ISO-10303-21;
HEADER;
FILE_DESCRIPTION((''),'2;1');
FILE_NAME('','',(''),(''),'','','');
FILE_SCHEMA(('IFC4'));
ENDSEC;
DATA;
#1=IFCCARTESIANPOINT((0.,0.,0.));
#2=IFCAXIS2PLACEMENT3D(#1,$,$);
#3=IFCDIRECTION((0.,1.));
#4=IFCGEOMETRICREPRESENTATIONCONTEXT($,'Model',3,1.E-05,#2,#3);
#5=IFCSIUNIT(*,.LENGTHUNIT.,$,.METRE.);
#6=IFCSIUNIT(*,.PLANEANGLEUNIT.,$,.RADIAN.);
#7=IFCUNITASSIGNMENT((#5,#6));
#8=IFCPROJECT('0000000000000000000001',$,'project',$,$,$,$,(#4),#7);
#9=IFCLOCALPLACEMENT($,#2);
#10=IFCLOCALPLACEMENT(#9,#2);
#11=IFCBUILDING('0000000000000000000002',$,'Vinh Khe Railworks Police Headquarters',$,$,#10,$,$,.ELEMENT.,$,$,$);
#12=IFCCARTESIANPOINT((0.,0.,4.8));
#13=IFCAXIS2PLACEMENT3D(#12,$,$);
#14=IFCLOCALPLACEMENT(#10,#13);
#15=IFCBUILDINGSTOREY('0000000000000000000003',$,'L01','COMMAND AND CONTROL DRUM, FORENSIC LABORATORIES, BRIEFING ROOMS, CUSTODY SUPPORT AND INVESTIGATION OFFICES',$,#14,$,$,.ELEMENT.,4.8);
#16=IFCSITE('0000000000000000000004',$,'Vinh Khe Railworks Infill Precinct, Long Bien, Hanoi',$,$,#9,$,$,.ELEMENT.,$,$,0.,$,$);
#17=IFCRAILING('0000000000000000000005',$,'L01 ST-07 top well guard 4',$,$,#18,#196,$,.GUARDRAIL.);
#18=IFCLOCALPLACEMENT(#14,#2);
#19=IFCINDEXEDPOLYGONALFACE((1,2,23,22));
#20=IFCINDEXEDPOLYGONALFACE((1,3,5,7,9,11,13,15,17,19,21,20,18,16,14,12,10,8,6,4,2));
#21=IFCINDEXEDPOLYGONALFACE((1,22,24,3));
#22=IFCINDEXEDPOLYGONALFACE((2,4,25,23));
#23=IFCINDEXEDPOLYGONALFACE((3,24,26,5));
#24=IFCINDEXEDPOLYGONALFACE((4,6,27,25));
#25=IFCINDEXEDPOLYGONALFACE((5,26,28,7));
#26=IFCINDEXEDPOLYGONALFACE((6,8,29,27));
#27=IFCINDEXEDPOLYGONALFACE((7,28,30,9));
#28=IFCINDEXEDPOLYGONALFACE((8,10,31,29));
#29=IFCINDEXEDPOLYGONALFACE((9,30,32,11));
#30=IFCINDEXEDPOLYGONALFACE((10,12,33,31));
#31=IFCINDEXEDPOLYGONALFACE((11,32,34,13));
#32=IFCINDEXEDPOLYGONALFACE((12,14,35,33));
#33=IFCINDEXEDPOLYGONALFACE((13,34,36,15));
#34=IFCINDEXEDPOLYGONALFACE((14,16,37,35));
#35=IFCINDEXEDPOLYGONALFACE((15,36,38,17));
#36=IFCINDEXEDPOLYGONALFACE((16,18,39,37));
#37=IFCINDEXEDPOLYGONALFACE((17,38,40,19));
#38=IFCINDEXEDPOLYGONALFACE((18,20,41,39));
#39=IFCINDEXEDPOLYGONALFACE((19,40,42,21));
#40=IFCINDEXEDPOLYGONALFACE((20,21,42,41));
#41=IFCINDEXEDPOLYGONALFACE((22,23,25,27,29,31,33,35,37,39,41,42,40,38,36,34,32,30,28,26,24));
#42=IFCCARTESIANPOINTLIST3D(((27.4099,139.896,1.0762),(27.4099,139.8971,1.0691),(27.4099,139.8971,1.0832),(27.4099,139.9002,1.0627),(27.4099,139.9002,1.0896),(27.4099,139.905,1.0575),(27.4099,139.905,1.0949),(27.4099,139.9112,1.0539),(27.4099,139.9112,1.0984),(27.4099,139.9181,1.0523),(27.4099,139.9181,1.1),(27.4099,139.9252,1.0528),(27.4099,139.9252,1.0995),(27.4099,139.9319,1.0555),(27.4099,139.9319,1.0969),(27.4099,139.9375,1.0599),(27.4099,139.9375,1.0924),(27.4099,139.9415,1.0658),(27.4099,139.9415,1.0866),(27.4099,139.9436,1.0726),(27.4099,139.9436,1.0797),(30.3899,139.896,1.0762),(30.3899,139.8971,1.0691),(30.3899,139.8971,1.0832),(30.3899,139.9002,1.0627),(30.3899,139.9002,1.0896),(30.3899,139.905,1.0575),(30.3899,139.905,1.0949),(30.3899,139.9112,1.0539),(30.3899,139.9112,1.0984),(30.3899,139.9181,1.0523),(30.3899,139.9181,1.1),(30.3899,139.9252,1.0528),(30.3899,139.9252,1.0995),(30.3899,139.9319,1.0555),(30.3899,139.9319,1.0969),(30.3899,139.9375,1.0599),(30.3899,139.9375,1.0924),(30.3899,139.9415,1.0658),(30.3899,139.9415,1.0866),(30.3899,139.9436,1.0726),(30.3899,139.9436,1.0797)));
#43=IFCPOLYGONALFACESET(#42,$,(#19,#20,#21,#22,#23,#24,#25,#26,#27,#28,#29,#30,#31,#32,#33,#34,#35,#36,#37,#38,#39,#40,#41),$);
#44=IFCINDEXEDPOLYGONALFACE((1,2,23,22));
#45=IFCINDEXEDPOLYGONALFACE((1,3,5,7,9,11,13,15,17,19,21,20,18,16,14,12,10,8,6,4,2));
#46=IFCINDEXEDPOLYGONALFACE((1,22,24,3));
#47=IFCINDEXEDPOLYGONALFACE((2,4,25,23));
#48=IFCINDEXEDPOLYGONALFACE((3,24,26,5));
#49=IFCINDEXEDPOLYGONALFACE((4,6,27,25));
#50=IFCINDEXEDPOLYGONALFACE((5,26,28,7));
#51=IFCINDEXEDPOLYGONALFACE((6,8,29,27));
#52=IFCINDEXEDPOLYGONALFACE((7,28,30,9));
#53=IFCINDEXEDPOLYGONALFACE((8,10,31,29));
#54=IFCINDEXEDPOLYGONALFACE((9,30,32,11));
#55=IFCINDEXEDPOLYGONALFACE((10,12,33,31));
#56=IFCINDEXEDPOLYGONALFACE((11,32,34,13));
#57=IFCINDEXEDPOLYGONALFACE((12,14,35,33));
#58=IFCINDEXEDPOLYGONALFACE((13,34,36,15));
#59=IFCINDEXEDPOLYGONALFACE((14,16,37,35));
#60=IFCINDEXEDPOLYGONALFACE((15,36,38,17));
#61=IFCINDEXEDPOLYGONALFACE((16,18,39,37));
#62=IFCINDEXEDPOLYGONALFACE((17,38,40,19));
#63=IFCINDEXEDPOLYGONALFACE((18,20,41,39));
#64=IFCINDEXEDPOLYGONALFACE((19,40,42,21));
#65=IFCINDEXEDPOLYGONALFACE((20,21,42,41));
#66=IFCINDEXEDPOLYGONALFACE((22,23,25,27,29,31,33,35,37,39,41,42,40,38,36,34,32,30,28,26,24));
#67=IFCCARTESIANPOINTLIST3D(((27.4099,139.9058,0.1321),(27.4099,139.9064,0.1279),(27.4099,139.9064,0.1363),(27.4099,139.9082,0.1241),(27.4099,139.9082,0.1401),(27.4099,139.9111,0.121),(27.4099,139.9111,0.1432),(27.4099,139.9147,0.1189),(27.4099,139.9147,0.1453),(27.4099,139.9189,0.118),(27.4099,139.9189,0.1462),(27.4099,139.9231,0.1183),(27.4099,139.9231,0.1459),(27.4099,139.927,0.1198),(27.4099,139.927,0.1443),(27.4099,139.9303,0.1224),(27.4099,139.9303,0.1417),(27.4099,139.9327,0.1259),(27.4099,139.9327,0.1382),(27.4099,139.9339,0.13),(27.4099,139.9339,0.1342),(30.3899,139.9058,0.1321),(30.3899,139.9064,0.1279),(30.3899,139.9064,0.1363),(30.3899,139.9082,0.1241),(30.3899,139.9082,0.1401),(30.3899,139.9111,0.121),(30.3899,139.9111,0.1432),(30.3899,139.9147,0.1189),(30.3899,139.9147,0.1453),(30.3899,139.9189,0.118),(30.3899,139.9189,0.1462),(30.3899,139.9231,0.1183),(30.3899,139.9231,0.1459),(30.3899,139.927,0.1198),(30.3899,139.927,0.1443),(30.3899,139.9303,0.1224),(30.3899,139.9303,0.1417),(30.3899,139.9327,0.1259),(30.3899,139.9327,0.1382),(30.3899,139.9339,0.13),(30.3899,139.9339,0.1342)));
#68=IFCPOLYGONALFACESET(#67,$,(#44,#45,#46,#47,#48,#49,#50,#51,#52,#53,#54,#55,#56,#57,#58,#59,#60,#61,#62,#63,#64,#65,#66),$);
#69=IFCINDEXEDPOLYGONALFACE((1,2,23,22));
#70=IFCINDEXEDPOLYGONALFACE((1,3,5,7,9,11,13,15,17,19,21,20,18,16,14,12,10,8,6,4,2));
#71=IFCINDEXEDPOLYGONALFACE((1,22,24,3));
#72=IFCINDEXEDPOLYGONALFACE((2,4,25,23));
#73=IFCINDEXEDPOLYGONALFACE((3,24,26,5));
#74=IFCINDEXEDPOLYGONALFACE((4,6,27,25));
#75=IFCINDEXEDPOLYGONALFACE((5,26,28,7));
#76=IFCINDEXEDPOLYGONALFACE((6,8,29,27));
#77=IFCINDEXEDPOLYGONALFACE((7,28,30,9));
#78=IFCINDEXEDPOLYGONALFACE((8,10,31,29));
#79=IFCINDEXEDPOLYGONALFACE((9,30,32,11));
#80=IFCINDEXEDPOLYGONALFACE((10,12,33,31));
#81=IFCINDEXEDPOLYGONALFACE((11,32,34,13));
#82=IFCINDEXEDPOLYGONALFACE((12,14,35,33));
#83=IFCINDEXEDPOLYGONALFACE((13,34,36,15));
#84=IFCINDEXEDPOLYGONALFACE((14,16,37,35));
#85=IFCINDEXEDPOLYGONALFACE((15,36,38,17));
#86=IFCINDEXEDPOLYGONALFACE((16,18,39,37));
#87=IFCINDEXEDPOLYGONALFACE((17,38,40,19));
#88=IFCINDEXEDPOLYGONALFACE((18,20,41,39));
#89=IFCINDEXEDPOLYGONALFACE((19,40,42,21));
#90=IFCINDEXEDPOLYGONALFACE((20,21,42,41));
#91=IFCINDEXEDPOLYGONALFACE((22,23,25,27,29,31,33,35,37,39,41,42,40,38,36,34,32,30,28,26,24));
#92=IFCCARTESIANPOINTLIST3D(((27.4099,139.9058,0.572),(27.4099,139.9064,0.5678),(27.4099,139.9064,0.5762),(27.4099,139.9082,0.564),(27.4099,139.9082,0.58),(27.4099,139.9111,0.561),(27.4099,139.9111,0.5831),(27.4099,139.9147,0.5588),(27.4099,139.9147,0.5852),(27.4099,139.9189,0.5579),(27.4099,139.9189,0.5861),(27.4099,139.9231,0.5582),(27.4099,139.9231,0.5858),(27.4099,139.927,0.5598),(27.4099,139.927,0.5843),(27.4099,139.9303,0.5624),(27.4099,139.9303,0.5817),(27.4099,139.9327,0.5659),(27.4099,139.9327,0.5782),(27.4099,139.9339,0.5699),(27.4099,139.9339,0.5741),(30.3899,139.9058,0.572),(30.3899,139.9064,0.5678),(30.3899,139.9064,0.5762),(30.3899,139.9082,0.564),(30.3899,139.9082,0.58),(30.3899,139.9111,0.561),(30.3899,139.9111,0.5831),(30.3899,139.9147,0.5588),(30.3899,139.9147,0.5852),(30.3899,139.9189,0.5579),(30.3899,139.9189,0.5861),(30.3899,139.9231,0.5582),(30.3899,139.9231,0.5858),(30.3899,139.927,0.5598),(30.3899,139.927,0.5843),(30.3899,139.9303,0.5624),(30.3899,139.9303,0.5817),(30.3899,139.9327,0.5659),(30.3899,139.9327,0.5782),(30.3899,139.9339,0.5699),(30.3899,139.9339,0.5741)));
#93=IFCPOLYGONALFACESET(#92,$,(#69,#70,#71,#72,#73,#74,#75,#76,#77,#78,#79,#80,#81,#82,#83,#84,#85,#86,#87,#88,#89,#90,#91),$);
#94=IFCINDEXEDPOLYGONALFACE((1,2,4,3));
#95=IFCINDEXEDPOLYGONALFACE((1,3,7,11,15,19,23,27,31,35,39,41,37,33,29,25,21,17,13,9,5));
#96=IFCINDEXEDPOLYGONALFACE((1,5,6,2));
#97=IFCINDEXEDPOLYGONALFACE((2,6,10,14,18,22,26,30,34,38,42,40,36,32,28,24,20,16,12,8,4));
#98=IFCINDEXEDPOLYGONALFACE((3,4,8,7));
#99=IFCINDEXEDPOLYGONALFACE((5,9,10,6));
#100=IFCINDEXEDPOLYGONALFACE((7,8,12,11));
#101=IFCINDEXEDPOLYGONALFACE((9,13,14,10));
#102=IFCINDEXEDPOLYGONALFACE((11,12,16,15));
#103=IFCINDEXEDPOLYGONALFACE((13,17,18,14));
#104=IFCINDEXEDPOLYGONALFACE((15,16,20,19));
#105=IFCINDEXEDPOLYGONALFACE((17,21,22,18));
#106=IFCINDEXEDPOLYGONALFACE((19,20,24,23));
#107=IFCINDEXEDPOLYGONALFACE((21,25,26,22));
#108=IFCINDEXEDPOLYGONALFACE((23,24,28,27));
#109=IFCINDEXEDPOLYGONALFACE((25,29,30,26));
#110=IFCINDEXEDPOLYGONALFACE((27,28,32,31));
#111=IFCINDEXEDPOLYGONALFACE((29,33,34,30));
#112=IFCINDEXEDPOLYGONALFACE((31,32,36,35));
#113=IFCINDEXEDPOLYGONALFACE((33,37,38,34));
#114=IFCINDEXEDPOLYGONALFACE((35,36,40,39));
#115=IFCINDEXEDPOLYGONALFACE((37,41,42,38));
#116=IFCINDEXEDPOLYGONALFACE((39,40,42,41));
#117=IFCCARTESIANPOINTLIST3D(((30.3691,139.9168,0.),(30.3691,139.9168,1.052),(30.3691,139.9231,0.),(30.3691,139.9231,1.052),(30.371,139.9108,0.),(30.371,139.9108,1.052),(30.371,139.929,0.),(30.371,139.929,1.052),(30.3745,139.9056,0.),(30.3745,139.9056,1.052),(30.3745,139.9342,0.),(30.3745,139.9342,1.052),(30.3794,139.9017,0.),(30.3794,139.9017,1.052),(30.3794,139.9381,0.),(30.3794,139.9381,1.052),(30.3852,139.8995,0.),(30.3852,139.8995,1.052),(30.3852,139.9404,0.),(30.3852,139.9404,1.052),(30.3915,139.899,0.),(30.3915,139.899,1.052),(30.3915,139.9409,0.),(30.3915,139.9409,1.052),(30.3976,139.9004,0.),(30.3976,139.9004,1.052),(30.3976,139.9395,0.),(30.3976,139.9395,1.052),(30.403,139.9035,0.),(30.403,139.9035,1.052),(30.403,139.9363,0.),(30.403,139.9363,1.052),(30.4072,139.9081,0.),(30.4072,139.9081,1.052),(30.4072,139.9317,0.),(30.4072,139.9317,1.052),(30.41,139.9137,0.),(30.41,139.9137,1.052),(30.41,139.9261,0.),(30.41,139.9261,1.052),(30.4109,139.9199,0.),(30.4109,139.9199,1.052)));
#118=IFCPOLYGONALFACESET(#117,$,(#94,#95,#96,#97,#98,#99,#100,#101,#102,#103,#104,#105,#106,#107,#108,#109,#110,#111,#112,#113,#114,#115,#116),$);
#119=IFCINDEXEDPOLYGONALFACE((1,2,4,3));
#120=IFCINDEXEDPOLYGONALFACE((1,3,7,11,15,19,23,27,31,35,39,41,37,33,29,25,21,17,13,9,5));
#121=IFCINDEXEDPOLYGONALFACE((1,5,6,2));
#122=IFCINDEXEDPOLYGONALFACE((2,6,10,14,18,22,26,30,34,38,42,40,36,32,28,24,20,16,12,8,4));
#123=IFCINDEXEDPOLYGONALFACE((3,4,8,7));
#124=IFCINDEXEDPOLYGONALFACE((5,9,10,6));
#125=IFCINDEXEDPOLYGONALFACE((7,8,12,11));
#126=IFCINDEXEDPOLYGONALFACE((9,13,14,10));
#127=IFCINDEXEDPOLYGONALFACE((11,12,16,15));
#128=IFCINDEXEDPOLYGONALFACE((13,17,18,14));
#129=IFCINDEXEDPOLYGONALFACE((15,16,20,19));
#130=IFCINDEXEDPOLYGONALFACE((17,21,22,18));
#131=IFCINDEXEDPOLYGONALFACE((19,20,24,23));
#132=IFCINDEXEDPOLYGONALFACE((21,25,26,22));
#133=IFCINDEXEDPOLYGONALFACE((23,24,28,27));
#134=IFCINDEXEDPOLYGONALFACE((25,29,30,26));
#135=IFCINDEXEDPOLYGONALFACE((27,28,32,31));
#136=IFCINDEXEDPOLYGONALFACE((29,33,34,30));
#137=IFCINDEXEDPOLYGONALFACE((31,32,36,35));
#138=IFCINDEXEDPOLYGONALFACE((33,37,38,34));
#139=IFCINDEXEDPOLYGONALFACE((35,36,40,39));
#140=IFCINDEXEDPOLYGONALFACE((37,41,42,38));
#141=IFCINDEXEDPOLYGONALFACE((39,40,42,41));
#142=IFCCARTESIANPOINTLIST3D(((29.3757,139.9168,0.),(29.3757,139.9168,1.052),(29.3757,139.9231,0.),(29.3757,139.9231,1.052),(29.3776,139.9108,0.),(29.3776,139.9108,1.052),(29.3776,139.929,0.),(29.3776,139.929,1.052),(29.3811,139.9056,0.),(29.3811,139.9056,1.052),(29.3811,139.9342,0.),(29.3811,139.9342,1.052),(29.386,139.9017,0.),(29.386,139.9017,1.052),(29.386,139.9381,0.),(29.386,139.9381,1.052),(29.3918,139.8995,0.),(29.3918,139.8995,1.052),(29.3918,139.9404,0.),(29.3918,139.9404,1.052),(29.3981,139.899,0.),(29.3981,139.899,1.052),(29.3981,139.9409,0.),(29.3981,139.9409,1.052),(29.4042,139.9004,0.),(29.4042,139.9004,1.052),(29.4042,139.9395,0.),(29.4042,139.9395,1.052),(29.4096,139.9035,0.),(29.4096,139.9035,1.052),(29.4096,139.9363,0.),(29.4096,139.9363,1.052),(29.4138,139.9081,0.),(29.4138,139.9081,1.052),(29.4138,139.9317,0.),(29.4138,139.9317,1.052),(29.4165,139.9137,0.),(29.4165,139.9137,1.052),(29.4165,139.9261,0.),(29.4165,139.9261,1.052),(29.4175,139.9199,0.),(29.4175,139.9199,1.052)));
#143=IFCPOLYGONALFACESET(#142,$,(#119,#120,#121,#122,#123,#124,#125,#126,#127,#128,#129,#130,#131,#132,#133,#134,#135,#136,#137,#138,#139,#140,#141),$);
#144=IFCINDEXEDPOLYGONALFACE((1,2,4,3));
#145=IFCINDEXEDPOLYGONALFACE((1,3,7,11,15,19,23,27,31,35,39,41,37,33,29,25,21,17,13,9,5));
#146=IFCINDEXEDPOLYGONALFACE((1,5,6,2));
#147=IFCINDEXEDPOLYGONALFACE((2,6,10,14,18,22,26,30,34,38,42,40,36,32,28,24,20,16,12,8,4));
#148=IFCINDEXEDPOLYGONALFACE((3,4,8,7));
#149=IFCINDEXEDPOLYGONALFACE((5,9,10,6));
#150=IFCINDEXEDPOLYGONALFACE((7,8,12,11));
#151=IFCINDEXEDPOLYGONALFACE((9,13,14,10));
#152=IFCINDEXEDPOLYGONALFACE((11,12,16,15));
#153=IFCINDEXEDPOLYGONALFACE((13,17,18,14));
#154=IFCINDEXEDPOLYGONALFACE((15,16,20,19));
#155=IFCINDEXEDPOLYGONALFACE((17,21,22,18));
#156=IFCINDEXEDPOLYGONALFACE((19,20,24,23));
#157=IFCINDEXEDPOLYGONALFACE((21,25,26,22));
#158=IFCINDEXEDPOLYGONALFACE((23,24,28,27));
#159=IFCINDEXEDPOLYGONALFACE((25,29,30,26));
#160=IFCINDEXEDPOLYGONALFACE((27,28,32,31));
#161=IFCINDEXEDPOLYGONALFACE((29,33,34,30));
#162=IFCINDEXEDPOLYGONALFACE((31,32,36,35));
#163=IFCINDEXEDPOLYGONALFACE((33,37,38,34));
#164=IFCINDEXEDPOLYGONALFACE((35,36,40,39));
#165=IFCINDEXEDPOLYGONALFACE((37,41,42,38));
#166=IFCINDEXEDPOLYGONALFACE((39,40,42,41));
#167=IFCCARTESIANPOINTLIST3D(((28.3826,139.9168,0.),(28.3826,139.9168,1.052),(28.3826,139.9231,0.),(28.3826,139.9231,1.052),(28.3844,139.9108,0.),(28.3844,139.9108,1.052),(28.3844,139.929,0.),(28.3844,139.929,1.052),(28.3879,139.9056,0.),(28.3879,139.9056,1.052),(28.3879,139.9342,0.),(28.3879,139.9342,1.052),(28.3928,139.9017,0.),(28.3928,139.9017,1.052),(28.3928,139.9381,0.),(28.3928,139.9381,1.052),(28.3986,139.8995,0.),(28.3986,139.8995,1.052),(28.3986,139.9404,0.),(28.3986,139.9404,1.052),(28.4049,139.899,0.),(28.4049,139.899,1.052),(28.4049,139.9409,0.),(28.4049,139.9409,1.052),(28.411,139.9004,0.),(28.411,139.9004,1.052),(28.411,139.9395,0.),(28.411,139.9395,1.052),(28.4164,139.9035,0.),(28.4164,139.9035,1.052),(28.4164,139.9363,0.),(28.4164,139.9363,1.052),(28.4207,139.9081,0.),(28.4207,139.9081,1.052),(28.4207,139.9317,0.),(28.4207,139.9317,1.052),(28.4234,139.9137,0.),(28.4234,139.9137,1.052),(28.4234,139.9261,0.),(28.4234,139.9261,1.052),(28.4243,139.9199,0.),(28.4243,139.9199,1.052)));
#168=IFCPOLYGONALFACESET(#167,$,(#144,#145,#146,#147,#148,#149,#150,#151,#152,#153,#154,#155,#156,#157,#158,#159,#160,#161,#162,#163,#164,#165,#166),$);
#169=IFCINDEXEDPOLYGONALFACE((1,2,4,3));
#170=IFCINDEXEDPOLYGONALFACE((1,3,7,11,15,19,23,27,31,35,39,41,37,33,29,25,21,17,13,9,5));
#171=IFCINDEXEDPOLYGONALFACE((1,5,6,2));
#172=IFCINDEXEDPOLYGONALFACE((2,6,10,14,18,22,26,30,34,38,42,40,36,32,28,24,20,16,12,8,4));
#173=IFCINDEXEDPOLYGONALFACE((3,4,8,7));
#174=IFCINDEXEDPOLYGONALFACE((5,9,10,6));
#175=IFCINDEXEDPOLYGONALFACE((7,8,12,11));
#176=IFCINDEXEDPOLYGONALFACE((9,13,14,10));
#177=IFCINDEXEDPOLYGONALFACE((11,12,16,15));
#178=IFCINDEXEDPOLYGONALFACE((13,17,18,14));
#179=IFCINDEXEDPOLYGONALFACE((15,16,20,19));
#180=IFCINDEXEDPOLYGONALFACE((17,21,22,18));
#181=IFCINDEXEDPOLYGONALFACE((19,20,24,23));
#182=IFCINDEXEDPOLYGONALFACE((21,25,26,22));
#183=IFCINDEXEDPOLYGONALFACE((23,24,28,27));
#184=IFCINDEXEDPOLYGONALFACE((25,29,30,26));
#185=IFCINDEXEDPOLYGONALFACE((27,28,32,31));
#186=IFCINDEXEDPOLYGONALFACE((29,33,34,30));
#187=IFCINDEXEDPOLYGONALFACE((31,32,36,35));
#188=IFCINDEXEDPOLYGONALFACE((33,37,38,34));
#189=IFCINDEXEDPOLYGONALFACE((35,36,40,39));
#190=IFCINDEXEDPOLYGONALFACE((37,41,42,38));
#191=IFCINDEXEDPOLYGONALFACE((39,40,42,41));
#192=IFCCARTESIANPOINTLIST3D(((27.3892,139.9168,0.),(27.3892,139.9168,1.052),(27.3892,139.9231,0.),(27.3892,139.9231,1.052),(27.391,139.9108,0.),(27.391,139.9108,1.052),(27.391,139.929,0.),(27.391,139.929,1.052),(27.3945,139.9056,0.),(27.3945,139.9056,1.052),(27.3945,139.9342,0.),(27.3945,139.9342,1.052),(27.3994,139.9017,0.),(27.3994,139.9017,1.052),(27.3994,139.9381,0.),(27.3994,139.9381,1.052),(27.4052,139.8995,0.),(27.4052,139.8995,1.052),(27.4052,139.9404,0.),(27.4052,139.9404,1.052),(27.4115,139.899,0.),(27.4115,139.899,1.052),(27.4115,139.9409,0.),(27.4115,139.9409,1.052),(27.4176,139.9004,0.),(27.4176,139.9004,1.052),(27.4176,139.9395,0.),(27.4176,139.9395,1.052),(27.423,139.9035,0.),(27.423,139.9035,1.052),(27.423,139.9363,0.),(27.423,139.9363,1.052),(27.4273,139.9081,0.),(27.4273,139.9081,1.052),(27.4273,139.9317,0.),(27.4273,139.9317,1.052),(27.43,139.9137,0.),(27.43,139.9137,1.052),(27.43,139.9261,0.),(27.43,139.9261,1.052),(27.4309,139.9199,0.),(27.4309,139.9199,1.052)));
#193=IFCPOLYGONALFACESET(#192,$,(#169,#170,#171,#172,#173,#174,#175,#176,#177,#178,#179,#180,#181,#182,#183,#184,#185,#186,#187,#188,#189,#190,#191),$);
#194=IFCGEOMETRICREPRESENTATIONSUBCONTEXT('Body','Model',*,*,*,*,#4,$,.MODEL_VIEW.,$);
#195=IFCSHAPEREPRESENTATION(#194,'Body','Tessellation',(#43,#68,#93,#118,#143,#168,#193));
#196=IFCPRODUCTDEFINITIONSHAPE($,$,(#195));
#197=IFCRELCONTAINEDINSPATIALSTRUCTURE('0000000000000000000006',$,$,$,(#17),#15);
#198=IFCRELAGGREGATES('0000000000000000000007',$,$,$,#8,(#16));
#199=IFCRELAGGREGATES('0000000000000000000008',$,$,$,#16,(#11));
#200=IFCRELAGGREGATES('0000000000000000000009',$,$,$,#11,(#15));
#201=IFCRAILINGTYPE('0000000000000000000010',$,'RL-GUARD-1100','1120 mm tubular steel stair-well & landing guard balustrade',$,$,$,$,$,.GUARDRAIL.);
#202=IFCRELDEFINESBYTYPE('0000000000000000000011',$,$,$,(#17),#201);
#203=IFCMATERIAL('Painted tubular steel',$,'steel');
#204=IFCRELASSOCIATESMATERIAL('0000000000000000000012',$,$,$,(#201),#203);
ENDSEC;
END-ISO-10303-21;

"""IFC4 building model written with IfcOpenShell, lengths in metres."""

from ifc_helpers import new_model, si_unit, direction, frame, origin, origin_2d, place, context, subcontext, project, spatial, circle, extrude, material, type_object, element, save


model = new_model("IFC4")

# Units and contexts
model_context = context("Model", 3, precision=1e-05, world=origin(), true_north=direction((0.0, 1.0)))
body_context = subcontext(model_context, "Body", "Model", "MODEL_VIEW")
ifc_project = project(units=[si_unit("LENGTHUNIT", "METRE"), si_unit("PLANEANGLEUNIT", "RADIAN")], contexts=[model_context])

# Site, building, storey
site_placement = place(None, origin())
site = spatial("IfcSite", under=ifc_project, at=site_placement, Name="Vinh Khe Railworks Infill Precinct, Long Bien, Hanoi", CompositionType="ELEMENT", RefElevation=0.0)
building_placement = place(site_placement, origin())
building = spatial("IfcBuilding", under=site, at=building_placement, Name="Vinh Khe Railworks Police Headquarters", CompositionType="ELEMENT")
storey_placement = place(building_placement, frame((0.0, 0.0, 4.8)))
storey = spatial("IfcBuildingStorey", under=building, at=storey_placement, Name="L01", Description="COMMAND AND CONTROL DRUM, FORENSIC LABORATORIES, BRIEFING ROOMS, CUSTODY SUPPORT AND INVESTIGATION OFFICES", CompositionType="ELEMENT", Elevation=4.8)

# Railing
ifc_material_1 = material(Name="Painted tubular steel", Category="steel")
railing_type = type_object("IfcRailingType", Name="RL-GUARD-1100", Description="1120 mm tubular steel stair-well & landing guard balustrade", PredefinedType="GUARDRAIL", material=ifc_material_1)
railing_1_placement = place(storey_placement, frame((30.3899, 139.9199, 0.0)))
element("IfcRailing", 1, at=railing_1_placement, inside=storey, type_object=railing_type, Name="L01 ST-07 top well guard 4", PredefinedType="GUARDRAIL", context=body_context, shape_type="SweptSolid", body=[
    extrude(circle(Radius=0.0239, at=origin_2d()), frame((0.0, 0.0, 1.0762), z_axis=(-1.0, 0.0, 0.0), x_axis=(0.0, -1.0, 0.0)), (0.0, 0.0, 1.0), 2.98),
    extrude(circle(Radius=0.0142, at=origin_2d()), frame((0.0, 0.0, 0.1321), z_axis=(-1.0, 0.0, 0.0), x_axis=(0.0, -1.0, 0.0)), (0.0, 0.0, 1.0), 2.98),
    extrude(circle(Radius=0.0142, at=origin_2d()), frame((0.0, 0.0, 0.572), z_axis=(-1.0, 0.0, 0.0), x_axis=(0.0, -1.0, 0.0)), (0.0, 0.0, 1.0), 2.98),
    extrude(circle(Radius=0.021, at=origin_2d()), origin(), (0.0, 0.0, 1.0), 1.052),
    extrude(circle(Radius=0.021, at=origin_2d()), frame((-0.9934, 0.0, 0.0)), (0.0, 0.0, 1.0), 1.052),
    extrude(circle(Radius=0.021, at=origin_2d()), frame((-1.9866, 0.0, 0.0)), (0.0, 0.0, 1.0), 1.052),
    extrude(circle(Radius=0.021, at=origin_2d()), frame((-2.98, 0.0, 0.0)), (0.0, 0.0, 1.0), 1.052),
])

save(model, "model.ifc")
